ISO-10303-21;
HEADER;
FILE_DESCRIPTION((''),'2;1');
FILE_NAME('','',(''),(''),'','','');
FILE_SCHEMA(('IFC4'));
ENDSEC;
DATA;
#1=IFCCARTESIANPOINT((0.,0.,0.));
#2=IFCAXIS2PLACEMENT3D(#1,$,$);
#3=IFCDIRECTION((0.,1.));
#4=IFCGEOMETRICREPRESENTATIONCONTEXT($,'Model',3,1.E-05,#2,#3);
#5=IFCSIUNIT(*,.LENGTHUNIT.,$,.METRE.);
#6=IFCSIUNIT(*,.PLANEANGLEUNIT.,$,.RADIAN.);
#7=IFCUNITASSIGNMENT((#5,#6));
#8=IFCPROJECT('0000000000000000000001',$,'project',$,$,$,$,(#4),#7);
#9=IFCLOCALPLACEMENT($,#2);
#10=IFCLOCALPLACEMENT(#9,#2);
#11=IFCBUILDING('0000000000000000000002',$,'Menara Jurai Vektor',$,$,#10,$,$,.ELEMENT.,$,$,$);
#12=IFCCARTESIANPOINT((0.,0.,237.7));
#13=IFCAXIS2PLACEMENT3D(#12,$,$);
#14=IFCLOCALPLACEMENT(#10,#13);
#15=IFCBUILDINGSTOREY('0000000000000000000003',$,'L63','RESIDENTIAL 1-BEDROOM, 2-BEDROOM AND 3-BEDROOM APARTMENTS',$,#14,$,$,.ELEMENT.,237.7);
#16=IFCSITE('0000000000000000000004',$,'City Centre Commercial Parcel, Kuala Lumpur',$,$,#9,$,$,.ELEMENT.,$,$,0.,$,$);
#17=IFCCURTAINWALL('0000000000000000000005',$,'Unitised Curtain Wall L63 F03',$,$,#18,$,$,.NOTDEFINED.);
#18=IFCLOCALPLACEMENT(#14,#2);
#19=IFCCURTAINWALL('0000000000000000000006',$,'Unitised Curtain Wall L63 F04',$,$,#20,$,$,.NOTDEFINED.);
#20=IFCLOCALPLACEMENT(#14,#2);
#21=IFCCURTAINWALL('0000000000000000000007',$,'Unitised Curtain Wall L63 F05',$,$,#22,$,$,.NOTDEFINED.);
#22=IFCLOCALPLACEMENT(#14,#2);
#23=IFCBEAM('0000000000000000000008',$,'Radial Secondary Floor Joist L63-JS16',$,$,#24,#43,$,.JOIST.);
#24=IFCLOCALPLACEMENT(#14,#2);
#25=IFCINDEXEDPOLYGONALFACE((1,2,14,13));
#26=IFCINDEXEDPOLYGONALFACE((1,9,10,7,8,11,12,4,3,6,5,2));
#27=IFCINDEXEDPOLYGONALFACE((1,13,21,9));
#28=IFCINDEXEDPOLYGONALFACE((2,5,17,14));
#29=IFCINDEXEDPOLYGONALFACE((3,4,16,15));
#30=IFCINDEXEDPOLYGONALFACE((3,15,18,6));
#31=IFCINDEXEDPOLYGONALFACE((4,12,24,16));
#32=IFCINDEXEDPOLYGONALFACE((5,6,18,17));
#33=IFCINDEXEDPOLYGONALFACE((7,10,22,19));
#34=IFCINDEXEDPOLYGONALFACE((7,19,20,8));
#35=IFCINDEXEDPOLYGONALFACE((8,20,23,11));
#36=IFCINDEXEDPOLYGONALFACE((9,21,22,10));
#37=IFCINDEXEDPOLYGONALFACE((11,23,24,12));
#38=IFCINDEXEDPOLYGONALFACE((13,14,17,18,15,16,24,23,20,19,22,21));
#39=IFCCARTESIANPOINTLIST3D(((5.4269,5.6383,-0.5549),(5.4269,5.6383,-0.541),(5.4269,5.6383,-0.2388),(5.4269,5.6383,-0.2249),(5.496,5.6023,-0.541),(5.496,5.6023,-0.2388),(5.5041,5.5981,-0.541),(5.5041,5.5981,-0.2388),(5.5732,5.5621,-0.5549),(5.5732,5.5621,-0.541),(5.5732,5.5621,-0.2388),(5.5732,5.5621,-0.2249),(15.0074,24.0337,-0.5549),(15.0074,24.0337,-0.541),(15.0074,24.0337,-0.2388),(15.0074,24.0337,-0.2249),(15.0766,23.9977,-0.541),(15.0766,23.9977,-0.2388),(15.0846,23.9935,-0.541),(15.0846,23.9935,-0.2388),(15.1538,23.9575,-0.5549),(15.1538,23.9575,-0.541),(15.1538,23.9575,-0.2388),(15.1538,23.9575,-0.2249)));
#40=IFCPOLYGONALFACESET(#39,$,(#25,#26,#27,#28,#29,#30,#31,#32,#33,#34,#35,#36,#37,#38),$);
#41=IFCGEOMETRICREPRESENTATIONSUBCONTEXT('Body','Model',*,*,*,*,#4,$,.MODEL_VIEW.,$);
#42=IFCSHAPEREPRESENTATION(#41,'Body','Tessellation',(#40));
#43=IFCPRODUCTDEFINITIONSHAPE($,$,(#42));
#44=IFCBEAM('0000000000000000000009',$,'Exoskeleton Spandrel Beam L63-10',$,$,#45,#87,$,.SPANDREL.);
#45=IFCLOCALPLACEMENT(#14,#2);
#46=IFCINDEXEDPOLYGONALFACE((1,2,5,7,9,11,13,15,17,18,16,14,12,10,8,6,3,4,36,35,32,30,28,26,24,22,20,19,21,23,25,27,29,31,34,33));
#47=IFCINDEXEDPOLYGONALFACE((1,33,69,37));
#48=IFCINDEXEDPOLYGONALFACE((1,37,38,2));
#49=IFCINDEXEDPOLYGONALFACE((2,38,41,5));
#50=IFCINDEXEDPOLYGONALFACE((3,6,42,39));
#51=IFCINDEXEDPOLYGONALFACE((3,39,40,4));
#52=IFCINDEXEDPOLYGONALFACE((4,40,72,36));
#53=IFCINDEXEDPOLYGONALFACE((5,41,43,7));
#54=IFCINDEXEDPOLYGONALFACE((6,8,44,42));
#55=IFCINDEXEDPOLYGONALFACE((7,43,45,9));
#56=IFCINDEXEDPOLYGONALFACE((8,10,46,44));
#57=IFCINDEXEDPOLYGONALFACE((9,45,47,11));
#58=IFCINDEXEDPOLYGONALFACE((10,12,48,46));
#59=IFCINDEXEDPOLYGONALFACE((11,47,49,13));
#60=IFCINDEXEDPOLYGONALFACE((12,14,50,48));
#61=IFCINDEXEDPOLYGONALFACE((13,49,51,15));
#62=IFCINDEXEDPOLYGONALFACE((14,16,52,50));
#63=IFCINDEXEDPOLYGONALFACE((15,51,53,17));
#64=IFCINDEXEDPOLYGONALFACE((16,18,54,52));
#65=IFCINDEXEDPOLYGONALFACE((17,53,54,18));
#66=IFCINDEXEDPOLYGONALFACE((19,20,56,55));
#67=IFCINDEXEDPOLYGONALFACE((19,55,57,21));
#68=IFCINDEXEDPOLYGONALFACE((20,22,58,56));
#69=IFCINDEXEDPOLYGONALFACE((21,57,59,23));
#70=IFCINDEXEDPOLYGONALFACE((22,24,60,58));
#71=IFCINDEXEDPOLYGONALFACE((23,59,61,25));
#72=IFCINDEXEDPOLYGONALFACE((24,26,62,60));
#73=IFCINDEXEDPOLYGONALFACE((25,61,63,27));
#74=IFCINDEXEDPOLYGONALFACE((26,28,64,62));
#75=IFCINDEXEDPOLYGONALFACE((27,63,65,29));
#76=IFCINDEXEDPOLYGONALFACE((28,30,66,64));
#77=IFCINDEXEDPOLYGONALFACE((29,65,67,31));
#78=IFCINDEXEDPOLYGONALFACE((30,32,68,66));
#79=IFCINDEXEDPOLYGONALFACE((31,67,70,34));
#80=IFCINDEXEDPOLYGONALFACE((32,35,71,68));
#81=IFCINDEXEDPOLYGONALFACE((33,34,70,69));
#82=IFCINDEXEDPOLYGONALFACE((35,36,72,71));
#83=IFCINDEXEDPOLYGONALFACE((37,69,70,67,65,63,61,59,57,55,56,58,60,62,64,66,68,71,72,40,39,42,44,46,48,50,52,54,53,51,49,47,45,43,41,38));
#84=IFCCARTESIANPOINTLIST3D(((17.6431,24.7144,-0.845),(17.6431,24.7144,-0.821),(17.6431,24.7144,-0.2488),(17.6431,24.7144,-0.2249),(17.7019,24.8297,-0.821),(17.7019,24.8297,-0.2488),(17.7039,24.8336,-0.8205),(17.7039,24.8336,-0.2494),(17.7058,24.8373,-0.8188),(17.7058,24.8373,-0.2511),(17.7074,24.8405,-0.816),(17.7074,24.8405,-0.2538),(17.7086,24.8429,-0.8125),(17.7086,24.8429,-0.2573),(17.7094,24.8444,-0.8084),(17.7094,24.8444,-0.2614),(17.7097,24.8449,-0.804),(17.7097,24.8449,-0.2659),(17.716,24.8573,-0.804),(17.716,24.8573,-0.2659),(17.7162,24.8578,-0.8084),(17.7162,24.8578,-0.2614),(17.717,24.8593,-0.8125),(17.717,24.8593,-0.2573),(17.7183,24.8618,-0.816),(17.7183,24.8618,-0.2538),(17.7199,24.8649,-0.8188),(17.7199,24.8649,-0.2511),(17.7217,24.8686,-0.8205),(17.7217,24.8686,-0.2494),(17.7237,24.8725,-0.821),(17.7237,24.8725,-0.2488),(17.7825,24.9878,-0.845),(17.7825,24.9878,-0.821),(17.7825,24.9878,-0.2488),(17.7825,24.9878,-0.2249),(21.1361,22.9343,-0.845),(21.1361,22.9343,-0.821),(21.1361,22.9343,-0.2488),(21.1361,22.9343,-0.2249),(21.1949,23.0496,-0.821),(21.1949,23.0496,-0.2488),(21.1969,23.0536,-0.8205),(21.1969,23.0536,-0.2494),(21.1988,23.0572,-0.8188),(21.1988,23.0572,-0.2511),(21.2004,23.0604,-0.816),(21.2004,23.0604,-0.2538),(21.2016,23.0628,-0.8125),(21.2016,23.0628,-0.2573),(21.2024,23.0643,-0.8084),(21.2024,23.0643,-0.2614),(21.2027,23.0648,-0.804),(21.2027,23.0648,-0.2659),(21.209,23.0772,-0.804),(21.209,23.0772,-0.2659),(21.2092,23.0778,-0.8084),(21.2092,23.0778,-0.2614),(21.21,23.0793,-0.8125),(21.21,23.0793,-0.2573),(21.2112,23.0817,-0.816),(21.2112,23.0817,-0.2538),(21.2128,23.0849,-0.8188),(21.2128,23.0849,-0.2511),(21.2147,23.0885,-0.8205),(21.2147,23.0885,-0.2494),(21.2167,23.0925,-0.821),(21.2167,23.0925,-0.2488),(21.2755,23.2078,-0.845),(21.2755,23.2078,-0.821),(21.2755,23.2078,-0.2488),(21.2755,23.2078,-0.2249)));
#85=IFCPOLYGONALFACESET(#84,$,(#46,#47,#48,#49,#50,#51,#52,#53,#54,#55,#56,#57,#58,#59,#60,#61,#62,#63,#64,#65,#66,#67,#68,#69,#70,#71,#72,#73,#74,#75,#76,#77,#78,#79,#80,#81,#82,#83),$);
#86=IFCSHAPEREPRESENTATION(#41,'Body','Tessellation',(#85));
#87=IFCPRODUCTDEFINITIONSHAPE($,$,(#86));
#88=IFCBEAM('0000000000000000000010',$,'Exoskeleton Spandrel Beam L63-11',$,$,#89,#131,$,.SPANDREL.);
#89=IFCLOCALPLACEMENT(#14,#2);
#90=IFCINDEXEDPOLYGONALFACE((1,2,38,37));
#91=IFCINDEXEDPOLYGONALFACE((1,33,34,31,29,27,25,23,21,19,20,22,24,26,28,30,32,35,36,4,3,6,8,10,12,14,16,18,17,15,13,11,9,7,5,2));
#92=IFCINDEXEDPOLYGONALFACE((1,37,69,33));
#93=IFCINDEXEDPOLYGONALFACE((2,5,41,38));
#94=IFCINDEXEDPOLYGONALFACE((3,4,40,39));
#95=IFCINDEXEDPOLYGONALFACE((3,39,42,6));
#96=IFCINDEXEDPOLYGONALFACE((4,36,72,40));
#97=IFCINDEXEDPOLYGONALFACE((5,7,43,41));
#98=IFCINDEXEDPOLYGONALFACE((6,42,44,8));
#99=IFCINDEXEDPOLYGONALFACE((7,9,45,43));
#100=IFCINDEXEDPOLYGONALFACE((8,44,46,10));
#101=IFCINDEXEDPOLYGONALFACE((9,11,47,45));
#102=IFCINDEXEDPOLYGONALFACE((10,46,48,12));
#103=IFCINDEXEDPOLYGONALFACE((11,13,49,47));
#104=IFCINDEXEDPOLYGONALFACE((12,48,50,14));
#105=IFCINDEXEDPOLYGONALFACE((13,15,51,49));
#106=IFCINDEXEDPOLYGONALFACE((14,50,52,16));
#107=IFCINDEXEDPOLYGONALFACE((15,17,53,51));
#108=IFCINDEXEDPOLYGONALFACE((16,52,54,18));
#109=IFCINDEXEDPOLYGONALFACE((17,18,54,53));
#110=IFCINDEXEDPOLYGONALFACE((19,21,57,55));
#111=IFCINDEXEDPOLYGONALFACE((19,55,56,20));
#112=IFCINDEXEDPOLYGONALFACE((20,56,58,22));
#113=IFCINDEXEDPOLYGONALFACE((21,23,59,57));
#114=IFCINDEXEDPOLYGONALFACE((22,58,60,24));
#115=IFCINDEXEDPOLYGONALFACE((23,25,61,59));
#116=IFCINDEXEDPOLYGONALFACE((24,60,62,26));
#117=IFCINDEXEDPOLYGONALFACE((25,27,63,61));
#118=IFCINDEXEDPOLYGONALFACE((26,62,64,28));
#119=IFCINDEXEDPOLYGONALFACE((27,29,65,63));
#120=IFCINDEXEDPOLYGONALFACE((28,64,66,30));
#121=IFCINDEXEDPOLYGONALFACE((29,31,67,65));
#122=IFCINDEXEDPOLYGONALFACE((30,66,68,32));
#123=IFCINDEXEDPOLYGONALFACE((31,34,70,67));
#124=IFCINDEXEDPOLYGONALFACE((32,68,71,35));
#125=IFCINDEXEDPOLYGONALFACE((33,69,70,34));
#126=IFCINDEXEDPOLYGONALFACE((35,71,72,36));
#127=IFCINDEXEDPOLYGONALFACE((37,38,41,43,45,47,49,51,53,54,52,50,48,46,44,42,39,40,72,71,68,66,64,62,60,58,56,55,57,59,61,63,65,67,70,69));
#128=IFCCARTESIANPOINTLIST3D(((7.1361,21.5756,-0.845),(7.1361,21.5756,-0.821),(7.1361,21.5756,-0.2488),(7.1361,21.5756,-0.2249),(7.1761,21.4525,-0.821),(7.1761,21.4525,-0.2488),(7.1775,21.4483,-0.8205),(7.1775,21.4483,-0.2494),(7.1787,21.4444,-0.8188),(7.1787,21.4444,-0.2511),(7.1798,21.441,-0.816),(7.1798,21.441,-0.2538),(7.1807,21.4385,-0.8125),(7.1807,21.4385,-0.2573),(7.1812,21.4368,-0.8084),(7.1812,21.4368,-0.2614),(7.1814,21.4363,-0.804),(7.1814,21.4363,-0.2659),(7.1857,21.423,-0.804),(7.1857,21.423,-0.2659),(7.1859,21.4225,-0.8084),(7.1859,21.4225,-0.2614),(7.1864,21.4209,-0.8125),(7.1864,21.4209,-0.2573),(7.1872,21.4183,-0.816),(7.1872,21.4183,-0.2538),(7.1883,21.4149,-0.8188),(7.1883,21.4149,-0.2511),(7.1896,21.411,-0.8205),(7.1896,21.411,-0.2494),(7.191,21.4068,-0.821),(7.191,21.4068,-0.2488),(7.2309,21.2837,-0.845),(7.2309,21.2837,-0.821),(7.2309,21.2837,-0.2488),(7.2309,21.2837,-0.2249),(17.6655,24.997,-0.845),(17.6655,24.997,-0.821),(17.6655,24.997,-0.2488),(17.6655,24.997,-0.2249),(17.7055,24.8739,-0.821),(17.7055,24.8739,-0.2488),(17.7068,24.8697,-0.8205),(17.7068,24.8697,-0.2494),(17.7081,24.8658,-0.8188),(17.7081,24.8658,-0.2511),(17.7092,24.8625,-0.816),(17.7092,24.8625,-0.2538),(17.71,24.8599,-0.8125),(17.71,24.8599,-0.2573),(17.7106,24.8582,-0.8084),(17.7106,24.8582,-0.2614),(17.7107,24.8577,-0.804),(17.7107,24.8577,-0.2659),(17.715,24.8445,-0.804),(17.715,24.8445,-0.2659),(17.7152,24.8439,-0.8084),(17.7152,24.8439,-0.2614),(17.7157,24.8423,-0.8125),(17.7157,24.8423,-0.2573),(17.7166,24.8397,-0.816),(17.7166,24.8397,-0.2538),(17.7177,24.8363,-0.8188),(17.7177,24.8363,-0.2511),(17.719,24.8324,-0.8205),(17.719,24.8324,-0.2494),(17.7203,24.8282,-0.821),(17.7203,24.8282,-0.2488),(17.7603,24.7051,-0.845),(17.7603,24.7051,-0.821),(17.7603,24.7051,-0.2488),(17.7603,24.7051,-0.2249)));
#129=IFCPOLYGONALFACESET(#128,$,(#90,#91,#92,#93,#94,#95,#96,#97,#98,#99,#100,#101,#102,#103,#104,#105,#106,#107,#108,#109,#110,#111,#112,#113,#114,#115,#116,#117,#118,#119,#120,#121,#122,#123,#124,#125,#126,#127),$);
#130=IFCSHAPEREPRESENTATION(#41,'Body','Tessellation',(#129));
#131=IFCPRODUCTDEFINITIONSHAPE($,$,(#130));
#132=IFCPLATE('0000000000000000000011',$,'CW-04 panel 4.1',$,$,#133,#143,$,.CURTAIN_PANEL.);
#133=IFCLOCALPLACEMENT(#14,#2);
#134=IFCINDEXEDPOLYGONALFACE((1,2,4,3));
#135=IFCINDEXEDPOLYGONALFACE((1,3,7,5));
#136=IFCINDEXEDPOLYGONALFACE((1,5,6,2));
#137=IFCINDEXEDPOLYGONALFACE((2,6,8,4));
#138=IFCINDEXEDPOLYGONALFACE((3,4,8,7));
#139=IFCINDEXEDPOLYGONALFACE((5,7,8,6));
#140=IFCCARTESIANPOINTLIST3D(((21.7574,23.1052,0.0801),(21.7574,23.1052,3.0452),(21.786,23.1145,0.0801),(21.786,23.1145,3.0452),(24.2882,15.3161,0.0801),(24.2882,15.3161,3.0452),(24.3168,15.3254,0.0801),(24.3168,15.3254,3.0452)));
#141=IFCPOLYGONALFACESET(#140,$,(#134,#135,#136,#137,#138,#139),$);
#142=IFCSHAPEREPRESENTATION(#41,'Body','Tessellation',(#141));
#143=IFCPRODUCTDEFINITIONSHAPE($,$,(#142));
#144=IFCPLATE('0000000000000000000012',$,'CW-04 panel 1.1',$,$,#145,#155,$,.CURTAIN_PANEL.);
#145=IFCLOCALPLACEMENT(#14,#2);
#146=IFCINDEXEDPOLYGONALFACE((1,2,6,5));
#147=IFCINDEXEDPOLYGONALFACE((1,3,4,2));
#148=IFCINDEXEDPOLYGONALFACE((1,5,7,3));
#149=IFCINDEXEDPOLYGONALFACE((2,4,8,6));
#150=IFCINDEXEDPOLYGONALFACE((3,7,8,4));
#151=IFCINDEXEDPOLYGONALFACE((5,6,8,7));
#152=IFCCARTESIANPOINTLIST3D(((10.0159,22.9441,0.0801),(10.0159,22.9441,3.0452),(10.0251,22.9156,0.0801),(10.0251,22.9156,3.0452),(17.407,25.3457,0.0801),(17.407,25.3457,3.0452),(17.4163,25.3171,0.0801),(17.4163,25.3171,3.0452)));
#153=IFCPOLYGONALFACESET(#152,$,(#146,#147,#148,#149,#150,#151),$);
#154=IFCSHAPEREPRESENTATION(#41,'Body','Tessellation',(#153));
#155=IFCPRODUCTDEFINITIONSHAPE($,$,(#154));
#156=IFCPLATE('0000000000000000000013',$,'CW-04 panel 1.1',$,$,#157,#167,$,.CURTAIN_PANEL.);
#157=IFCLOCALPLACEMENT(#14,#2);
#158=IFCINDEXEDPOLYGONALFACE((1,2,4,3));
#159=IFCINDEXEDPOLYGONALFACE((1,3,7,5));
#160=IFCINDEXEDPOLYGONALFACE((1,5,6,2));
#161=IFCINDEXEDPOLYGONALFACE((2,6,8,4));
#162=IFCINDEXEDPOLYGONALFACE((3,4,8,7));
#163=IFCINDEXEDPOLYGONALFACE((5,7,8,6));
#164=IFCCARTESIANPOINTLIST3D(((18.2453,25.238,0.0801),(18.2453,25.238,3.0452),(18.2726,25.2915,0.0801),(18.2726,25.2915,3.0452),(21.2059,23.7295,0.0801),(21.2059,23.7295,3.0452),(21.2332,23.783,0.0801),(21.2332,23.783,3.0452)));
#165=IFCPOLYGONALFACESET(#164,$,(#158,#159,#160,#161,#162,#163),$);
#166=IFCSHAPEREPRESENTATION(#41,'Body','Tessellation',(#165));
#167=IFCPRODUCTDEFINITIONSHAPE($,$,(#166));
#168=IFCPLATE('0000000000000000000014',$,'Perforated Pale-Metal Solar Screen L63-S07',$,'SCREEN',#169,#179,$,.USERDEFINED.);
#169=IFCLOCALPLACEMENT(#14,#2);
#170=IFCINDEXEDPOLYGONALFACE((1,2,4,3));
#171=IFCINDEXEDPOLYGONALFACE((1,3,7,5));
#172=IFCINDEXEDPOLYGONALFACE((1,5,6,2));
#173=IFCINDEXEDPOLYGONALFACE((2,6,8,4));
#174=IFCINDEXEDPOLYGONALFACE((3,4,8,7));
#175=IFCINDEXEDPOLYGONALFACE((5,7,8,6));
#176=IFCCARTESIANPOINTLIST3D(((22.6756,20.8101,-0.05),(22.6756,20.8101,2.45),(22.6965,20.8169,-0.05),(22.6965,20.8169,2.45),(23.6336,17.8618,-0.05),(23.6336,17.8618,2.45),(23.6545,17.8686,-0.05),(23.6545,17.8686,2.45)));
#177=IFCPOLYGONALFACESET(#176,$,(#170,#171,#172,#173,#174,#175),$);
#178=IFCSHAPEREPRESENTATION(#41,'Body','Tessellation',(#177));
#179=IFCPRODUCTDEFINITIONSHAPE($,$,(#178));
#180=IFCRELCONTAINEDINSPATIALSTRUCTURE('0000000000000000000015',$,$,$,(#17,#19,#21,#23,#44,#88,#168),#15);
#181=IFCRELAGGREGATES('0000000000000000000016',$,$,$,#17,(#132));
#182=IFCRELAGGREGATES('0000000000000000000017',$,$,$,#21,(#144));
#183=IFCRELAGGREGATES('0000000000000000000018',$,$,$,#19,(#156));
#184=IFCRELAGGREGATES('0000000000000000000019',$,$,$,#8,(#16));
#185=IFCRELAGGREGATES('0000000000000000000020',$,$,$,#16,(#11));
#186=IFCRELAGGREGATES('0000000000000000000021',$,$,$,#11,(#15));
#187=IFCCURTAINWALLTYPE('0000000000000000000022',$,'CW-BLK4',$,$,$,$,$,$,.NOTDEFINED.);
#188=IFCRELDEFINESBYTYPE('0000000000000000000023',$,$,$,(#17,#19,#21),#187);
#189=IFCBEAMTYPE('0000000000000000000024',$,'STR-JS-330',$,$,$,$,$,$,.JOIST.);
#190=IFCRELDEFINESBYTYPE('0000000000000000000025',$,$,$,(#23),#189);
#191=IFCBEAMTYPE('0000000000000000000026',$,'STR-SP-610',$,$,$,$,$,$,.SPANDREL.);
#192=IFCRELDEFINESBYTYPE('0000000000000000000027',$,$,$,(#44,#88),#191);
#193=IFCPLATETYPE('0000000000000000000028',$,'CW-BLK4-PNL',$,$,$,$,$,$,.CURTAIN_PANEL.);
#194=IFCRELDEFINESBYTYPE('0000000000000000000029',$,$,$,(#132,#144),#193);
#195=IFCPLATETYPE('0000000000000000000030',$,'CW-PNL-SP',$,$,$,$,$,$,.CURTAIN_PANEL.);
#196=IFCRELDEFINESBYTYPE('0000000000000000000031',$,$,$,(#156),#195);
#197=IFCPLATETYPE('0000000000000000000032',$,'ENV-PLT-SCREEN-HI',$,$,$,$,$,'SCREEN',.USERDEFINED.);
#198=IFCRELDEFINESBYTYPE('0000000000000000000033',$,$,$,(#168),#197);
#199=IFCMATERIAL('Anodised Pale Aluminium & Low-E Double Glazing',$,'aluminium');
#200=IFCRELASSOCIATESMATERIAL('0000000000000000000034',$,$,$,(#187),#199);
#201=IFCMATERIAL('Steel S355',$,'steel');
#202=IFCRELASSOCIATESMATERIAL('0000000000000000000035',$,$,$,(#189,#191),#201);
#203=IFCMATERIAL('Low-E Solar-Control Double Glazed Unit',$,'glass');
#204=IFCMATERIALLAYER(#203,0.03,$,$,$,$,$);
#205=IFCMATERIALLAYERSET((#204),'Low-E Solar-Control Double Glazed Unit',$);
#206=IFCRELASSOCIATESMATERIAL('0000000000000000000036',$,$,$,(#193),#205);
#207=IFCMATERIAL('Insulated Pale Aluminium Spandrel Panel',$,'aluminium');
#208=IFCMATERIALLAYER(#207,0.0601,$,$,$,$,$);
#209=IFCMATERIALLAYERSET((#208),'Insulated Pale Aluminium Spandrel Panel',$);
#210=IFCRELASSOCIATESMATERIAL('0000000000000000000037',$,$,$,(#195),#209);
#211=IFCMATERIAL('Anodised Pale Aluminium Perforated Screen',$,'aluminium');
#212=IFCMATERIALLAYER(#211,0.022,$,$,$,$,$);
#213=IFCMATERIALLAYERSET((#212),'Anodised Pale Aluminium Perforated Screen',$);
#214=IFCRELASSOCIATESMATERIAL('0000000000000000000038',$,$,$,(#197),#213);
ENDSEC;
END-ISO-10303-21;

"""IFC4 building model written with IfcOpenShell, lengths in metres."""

from ifc_helpers import new_model, si_unit, direction, frame, origin, origin_2d, place, context, subcontext, project, spatial, rectangle, i_section, extrude, material, layer, layer_set, material_profile, profile_set, type_object, element, aggregate, save


model = new_model("IFC4")

# Units and contexts
model_context = context("Model", 3, precision=1e-05, world=origin(), true_north=direction((0.0, 1.0)))
body_context = subcontext(model_context, "Body", "Model", "MODEL_VIEW")
ifc_project = project(units=[si_unit("LENGTHUNIT", "METRE"), si_unit("PLANEANGLEUNIT", "RADIAN")], contexts=[model_context])

# Site, building, storey
site_placement = place(None, origin())
site = spatial("IfcSite", under=ifc_project, at=site_placement, Name="City Centre Commercial Parcel, Kuala Lumpur", CompositionType="ELEMENT", RefElevation=0.0)
building_placement = place(site_placement, origin())
building = spatial("IfcBuilding", under=site, at=building_placement, Name="Menara Jurai Vektor", CompositionType="ELEMENT")
storey_placement = place(building_placement, frame((0.0, 0.0, 237.7)))
storey = spatial("IfcBuildingStorey", under=building, at=storey_placement, Name="L63", Description="RESIDENTIAL 1-BEDROOM, 2-BEDROOM AND 3-BEDROOM APARTMENTS", CompositionType="ELEMENT", Elevation=237.7)

# Curtain wall
ifc_material_1 = material(Name="Anodised Pale Aluminium & Low-E Double Glazing", Category="aluminium")
curtain_wall_type = type_object("IfcCurtainWallType", Name="CW-BLK4", PredefinedType="NOTDEFINED", material=ifc_material_1)
curtain_wall_1_placement = place(storey_placement, origin())
curtain_wall_1 = element("IfcCurtainWall", 1, at=curtain_wall_1_placement, inside=storey, type_object=curtain_wall_type, Name="Unitised Curtain Wall L63 F03", PredefinedType="NOTDEFINED")

# Curtain wall
curtain_wall_2_placement = place(storey_placement, origin())
curtain_wall_2 = element("IfcCurtainWall", 2, at=curtain_wall_2_placement, inside=storey, type_object=curtain_wall_type, Name="Unitised Curtain Wall L63 F04", PredefinedType="NOTDEFINED")

# Curtain wall
curtain_wall_3_placement = place(storey_placement, origin())
curtain_wall_3 = element("IfcCurtainWall", 3, at=curtain_wall_3_placement, inside=storey, type_object=curtain_wall_type, Name="Unitised Curtain Wall L63 F05", PredefinedType="NOTDEFINED")

# Shared definitions
ifc_material_2 = material(Name="Steel S355", Category="steel")

# Beams
ifc_material_profile_1 = material_profile(ifc_material_2, i_section(OverallWidth=0.165, OverallDepth=0.3301, WebThickness=0.009, FlangeThickness=0.0139, at=origin_2d()), Name="PG 330x165x46")
ifc_profile_set_1 = profile_set([ifc_material_profile_1], Name="Steel S355")
beam_type_1 = type_object("IfcBeamType", Name="STR-JS-330", PredefinedType="JOIST", material=ifc_profile_set_1)
beam_1_placement = place(storey_placement, frame((15.0806, 23.9956, -0.3899), z_axis=(-0.461918, -0.886923, 0.0), x_axis=(0.886923, -0.461918, 0.0)))
element("IfcBeam", 4, at=beam_1_placement, inside=storey, type_object=beam_type_1, Name="Radial Secondary Floor Joist L63-JS16", PredefinedType="JOIST", context=body_context, shape_type="SweptSolid", body=[
    extrude(i_section(OverallWidth=0.165, OverallDepth=0.3301, WebThickness=0.009, FlangeThickness=0.0139, at=origin_2d()), origin(), (0.0, 0.0, 1.0), 20.7407),
])
ifc_material_profile_2 = material_profile(ifc_material_2, i_section(OverallWidth=0.3069, OverallDepth=0.6201, WebThickness=0.0139, FlangeThickness=0.0239, FilletRadius=0.0171, at=origin_2d()), Name="UKB 610x305x179")
ifc_profile_set_2 = profile_set([ifc_material_profile_2], Name="Steel S355")
beam_type_2 = type_object("IfcBeamType", Name="STR-SP-610", PredefinedType="SPANDREL", material=ifc_profile_set_2)
beam_2_placement = place(storey_placement, frame((21.2058, 23.071, -0.5349), z_axis=(-0.890976, 0.454051, 0.0), x_axis=(-0.454051, -0.890976, 0.0)))
element("IfcBeam", 5, at=beam_2_placement, inside=storey, type_object=beam_type_2, Name="Exoskeleton Spandrel Beam L63-10", PredefinedType="SPANDREL", context=body_context, shape_type="SweptSolid", body=[
    extrude(i_section(OverallWidth=0.3069, OverallDepth=0.6201, WebThickness=0.0139, FlangeThickness=0.0239, FilletRadius=0.0171, at=origin_2d()), origin(), (0.0, 0.0, 1.0), 3.9204),
])
beam_3_placement = place(storey_placement, frame((17.7129, 24.8511, -0.5349), z_axis=(-0.951051, -0.309034, 0.0), x_axis=(0.309034, -0.951051, 0.0)))
element("IfcBeam", 6, at=beam_3_placement, inside=storey, type_object=beam_type_2, Name="Exoskeleton Spandrel Beam L63-11", PredefinedType="SPANDREL", context=body_context, shape_type="SweptSolid", body=[
    extrude(i_section(OverallWidth=0.3069, OverallDepth=0.6201, WebThickness=0.0139, FlangeThickness=0.0239, FilletRadius=0.0171, at=origin_2d()), origin(), (0.0, 0.0, 1.0), 11.0713),
])

# Plates
ifc_material_3 = material(Name="Low-E Solar-Control Double Glazed Unit", Category="glass")
ifc_layer_1 = layer(ifc_material_3, 0.03)
ifc_layer_set_1 = layer_set([ifc_layer_1], Name="Low-E Solar-Control Double Glazed Unit")
plate_type_1 = type_object("IfcPlateType", Name="CW-BLK4-PNL", PredefinedType="CURTAIN_PANEL", material=ifc_layer_set_1)
plate_1_placement = place(storey_placement, frame((23.0371, 19.2153, 0.0801), z_axis=(0.0, 0.0, 1.0), x_axis=(-0.309016, 0.951057, 0.0)))
plate_1 = element("IfcPlate", 7, at=plate_1_placement, type_object=plate_type_1, Name="CW-04 panel 4.1", PredefinedType="CURTAIN_PANEL", context=body_context, shape_type="SweptSolid", body=[
    extrude(rectangle(XDim=8.1899, YDim=0.03, at=origin_2d()), origin(), (0.0, 0.0, 1.0), 2.9651),
])
aggregate(curtain_wall_1, [plate_1])
plate_2_placement = place(storey_placement, frame((13.7161, 24.1306, 0.0801), z_axis=(0.0, 0.0, 1.0), x_axis=(-0.951056, -0.309017, 0.0)))
plate_2 = element("IfcPlate", 8, at=plate_2_placement, type_object=plate_type_1, Name="CW-04 panel 1.1", PredefinedType="CURTAIN_PANEL", context=body_context, shape_type="SweptSolid", body=[
    extrude(rectangle(XDim=7.7715, YDim=0.03, at=origin_2d()), origin(), (0.0, 0.0, 1.0), 2.9651),
])
aggregate(curtain_wall_3, [plate_2])
ifc_material_4 = material(Name="Insulated Pale Aluminium Spandrel Panel", Category="aluminium")
ifc_layer_2 = layer(ifc_material_4, 0.0601)
ifc_layer_set_2 = layer_set([ifc_layer_2], Name="Insulated Pale Aluminium Spandrel Panel")
plate_type_2 = type_object("IfcPlateType", Name="CW-PNL-SP", PredefinedType="CURTAIN_PANEL", material=ifc_layer_set_2)
plate_3_placement = place(storey_placement, frame((19.7393, 24.5105, 0.0801), z_axis=(0.0, 0.0, 1.0), x_axis=(-0.891008, 0.453989, 0.0)))
plate_3 = element("IfcPlate", 9, at=plate_3_placement, type_object=plate_type_2, Name="CW-04 panel 1.1", PredefinedType="CURTAIN_PANEL", context=body_context, shape_type="SweptSolid", body=[
    extrude(rectangle(XDim=3.3228, YDim=0.0601, at=origin_2d()), origin(), (0.0, 0.0, 1.0), 2.9651),
])
aggregate(curtain_wall_2, [plate_3])
ifc_material_5 = material(Name="Anodised Pale Aluminium Perforated Screen", Category="aluminium")
ifc_layer_3 = layer(ifc_material_5, 0.022)
ifc_layer_set_3 = layer_set([ifc_layer_3], Name="Anodised Pale Aluminium Perforated Screen")
plate_type_3 = type_object("IfcPlateType", Name="ENV-PLT-SCREEN-HI", ElementType="SCREEN", PredefinedType="USERDEFINED", material=ifc_layer_set_3)
plate_4_placement = place(storey_placement, frame((23.165, 19.3394, -0.05), z_axis=(0.0, 0.0, 1.0), x_axis=(-0.309017, 0.951057, 0.0)))
element("IfcPlate", 10, at=plate_4_placement, inside=storey, type_object=plate_type_3, Name="Perforated Pale-Metal Solar Screen L63-S07", ObjectType="SCREEN", PredefinedType="USERDEFINED", context=body_context, shape_type="SweptSolid", body=[
    extrude(rectangle(XDim=3.1001, YDim=0.022, at=origin_2d()), origin(), (0.0, 0.0, 1.0), 2.5),
])

save(model, "model.ifc")
